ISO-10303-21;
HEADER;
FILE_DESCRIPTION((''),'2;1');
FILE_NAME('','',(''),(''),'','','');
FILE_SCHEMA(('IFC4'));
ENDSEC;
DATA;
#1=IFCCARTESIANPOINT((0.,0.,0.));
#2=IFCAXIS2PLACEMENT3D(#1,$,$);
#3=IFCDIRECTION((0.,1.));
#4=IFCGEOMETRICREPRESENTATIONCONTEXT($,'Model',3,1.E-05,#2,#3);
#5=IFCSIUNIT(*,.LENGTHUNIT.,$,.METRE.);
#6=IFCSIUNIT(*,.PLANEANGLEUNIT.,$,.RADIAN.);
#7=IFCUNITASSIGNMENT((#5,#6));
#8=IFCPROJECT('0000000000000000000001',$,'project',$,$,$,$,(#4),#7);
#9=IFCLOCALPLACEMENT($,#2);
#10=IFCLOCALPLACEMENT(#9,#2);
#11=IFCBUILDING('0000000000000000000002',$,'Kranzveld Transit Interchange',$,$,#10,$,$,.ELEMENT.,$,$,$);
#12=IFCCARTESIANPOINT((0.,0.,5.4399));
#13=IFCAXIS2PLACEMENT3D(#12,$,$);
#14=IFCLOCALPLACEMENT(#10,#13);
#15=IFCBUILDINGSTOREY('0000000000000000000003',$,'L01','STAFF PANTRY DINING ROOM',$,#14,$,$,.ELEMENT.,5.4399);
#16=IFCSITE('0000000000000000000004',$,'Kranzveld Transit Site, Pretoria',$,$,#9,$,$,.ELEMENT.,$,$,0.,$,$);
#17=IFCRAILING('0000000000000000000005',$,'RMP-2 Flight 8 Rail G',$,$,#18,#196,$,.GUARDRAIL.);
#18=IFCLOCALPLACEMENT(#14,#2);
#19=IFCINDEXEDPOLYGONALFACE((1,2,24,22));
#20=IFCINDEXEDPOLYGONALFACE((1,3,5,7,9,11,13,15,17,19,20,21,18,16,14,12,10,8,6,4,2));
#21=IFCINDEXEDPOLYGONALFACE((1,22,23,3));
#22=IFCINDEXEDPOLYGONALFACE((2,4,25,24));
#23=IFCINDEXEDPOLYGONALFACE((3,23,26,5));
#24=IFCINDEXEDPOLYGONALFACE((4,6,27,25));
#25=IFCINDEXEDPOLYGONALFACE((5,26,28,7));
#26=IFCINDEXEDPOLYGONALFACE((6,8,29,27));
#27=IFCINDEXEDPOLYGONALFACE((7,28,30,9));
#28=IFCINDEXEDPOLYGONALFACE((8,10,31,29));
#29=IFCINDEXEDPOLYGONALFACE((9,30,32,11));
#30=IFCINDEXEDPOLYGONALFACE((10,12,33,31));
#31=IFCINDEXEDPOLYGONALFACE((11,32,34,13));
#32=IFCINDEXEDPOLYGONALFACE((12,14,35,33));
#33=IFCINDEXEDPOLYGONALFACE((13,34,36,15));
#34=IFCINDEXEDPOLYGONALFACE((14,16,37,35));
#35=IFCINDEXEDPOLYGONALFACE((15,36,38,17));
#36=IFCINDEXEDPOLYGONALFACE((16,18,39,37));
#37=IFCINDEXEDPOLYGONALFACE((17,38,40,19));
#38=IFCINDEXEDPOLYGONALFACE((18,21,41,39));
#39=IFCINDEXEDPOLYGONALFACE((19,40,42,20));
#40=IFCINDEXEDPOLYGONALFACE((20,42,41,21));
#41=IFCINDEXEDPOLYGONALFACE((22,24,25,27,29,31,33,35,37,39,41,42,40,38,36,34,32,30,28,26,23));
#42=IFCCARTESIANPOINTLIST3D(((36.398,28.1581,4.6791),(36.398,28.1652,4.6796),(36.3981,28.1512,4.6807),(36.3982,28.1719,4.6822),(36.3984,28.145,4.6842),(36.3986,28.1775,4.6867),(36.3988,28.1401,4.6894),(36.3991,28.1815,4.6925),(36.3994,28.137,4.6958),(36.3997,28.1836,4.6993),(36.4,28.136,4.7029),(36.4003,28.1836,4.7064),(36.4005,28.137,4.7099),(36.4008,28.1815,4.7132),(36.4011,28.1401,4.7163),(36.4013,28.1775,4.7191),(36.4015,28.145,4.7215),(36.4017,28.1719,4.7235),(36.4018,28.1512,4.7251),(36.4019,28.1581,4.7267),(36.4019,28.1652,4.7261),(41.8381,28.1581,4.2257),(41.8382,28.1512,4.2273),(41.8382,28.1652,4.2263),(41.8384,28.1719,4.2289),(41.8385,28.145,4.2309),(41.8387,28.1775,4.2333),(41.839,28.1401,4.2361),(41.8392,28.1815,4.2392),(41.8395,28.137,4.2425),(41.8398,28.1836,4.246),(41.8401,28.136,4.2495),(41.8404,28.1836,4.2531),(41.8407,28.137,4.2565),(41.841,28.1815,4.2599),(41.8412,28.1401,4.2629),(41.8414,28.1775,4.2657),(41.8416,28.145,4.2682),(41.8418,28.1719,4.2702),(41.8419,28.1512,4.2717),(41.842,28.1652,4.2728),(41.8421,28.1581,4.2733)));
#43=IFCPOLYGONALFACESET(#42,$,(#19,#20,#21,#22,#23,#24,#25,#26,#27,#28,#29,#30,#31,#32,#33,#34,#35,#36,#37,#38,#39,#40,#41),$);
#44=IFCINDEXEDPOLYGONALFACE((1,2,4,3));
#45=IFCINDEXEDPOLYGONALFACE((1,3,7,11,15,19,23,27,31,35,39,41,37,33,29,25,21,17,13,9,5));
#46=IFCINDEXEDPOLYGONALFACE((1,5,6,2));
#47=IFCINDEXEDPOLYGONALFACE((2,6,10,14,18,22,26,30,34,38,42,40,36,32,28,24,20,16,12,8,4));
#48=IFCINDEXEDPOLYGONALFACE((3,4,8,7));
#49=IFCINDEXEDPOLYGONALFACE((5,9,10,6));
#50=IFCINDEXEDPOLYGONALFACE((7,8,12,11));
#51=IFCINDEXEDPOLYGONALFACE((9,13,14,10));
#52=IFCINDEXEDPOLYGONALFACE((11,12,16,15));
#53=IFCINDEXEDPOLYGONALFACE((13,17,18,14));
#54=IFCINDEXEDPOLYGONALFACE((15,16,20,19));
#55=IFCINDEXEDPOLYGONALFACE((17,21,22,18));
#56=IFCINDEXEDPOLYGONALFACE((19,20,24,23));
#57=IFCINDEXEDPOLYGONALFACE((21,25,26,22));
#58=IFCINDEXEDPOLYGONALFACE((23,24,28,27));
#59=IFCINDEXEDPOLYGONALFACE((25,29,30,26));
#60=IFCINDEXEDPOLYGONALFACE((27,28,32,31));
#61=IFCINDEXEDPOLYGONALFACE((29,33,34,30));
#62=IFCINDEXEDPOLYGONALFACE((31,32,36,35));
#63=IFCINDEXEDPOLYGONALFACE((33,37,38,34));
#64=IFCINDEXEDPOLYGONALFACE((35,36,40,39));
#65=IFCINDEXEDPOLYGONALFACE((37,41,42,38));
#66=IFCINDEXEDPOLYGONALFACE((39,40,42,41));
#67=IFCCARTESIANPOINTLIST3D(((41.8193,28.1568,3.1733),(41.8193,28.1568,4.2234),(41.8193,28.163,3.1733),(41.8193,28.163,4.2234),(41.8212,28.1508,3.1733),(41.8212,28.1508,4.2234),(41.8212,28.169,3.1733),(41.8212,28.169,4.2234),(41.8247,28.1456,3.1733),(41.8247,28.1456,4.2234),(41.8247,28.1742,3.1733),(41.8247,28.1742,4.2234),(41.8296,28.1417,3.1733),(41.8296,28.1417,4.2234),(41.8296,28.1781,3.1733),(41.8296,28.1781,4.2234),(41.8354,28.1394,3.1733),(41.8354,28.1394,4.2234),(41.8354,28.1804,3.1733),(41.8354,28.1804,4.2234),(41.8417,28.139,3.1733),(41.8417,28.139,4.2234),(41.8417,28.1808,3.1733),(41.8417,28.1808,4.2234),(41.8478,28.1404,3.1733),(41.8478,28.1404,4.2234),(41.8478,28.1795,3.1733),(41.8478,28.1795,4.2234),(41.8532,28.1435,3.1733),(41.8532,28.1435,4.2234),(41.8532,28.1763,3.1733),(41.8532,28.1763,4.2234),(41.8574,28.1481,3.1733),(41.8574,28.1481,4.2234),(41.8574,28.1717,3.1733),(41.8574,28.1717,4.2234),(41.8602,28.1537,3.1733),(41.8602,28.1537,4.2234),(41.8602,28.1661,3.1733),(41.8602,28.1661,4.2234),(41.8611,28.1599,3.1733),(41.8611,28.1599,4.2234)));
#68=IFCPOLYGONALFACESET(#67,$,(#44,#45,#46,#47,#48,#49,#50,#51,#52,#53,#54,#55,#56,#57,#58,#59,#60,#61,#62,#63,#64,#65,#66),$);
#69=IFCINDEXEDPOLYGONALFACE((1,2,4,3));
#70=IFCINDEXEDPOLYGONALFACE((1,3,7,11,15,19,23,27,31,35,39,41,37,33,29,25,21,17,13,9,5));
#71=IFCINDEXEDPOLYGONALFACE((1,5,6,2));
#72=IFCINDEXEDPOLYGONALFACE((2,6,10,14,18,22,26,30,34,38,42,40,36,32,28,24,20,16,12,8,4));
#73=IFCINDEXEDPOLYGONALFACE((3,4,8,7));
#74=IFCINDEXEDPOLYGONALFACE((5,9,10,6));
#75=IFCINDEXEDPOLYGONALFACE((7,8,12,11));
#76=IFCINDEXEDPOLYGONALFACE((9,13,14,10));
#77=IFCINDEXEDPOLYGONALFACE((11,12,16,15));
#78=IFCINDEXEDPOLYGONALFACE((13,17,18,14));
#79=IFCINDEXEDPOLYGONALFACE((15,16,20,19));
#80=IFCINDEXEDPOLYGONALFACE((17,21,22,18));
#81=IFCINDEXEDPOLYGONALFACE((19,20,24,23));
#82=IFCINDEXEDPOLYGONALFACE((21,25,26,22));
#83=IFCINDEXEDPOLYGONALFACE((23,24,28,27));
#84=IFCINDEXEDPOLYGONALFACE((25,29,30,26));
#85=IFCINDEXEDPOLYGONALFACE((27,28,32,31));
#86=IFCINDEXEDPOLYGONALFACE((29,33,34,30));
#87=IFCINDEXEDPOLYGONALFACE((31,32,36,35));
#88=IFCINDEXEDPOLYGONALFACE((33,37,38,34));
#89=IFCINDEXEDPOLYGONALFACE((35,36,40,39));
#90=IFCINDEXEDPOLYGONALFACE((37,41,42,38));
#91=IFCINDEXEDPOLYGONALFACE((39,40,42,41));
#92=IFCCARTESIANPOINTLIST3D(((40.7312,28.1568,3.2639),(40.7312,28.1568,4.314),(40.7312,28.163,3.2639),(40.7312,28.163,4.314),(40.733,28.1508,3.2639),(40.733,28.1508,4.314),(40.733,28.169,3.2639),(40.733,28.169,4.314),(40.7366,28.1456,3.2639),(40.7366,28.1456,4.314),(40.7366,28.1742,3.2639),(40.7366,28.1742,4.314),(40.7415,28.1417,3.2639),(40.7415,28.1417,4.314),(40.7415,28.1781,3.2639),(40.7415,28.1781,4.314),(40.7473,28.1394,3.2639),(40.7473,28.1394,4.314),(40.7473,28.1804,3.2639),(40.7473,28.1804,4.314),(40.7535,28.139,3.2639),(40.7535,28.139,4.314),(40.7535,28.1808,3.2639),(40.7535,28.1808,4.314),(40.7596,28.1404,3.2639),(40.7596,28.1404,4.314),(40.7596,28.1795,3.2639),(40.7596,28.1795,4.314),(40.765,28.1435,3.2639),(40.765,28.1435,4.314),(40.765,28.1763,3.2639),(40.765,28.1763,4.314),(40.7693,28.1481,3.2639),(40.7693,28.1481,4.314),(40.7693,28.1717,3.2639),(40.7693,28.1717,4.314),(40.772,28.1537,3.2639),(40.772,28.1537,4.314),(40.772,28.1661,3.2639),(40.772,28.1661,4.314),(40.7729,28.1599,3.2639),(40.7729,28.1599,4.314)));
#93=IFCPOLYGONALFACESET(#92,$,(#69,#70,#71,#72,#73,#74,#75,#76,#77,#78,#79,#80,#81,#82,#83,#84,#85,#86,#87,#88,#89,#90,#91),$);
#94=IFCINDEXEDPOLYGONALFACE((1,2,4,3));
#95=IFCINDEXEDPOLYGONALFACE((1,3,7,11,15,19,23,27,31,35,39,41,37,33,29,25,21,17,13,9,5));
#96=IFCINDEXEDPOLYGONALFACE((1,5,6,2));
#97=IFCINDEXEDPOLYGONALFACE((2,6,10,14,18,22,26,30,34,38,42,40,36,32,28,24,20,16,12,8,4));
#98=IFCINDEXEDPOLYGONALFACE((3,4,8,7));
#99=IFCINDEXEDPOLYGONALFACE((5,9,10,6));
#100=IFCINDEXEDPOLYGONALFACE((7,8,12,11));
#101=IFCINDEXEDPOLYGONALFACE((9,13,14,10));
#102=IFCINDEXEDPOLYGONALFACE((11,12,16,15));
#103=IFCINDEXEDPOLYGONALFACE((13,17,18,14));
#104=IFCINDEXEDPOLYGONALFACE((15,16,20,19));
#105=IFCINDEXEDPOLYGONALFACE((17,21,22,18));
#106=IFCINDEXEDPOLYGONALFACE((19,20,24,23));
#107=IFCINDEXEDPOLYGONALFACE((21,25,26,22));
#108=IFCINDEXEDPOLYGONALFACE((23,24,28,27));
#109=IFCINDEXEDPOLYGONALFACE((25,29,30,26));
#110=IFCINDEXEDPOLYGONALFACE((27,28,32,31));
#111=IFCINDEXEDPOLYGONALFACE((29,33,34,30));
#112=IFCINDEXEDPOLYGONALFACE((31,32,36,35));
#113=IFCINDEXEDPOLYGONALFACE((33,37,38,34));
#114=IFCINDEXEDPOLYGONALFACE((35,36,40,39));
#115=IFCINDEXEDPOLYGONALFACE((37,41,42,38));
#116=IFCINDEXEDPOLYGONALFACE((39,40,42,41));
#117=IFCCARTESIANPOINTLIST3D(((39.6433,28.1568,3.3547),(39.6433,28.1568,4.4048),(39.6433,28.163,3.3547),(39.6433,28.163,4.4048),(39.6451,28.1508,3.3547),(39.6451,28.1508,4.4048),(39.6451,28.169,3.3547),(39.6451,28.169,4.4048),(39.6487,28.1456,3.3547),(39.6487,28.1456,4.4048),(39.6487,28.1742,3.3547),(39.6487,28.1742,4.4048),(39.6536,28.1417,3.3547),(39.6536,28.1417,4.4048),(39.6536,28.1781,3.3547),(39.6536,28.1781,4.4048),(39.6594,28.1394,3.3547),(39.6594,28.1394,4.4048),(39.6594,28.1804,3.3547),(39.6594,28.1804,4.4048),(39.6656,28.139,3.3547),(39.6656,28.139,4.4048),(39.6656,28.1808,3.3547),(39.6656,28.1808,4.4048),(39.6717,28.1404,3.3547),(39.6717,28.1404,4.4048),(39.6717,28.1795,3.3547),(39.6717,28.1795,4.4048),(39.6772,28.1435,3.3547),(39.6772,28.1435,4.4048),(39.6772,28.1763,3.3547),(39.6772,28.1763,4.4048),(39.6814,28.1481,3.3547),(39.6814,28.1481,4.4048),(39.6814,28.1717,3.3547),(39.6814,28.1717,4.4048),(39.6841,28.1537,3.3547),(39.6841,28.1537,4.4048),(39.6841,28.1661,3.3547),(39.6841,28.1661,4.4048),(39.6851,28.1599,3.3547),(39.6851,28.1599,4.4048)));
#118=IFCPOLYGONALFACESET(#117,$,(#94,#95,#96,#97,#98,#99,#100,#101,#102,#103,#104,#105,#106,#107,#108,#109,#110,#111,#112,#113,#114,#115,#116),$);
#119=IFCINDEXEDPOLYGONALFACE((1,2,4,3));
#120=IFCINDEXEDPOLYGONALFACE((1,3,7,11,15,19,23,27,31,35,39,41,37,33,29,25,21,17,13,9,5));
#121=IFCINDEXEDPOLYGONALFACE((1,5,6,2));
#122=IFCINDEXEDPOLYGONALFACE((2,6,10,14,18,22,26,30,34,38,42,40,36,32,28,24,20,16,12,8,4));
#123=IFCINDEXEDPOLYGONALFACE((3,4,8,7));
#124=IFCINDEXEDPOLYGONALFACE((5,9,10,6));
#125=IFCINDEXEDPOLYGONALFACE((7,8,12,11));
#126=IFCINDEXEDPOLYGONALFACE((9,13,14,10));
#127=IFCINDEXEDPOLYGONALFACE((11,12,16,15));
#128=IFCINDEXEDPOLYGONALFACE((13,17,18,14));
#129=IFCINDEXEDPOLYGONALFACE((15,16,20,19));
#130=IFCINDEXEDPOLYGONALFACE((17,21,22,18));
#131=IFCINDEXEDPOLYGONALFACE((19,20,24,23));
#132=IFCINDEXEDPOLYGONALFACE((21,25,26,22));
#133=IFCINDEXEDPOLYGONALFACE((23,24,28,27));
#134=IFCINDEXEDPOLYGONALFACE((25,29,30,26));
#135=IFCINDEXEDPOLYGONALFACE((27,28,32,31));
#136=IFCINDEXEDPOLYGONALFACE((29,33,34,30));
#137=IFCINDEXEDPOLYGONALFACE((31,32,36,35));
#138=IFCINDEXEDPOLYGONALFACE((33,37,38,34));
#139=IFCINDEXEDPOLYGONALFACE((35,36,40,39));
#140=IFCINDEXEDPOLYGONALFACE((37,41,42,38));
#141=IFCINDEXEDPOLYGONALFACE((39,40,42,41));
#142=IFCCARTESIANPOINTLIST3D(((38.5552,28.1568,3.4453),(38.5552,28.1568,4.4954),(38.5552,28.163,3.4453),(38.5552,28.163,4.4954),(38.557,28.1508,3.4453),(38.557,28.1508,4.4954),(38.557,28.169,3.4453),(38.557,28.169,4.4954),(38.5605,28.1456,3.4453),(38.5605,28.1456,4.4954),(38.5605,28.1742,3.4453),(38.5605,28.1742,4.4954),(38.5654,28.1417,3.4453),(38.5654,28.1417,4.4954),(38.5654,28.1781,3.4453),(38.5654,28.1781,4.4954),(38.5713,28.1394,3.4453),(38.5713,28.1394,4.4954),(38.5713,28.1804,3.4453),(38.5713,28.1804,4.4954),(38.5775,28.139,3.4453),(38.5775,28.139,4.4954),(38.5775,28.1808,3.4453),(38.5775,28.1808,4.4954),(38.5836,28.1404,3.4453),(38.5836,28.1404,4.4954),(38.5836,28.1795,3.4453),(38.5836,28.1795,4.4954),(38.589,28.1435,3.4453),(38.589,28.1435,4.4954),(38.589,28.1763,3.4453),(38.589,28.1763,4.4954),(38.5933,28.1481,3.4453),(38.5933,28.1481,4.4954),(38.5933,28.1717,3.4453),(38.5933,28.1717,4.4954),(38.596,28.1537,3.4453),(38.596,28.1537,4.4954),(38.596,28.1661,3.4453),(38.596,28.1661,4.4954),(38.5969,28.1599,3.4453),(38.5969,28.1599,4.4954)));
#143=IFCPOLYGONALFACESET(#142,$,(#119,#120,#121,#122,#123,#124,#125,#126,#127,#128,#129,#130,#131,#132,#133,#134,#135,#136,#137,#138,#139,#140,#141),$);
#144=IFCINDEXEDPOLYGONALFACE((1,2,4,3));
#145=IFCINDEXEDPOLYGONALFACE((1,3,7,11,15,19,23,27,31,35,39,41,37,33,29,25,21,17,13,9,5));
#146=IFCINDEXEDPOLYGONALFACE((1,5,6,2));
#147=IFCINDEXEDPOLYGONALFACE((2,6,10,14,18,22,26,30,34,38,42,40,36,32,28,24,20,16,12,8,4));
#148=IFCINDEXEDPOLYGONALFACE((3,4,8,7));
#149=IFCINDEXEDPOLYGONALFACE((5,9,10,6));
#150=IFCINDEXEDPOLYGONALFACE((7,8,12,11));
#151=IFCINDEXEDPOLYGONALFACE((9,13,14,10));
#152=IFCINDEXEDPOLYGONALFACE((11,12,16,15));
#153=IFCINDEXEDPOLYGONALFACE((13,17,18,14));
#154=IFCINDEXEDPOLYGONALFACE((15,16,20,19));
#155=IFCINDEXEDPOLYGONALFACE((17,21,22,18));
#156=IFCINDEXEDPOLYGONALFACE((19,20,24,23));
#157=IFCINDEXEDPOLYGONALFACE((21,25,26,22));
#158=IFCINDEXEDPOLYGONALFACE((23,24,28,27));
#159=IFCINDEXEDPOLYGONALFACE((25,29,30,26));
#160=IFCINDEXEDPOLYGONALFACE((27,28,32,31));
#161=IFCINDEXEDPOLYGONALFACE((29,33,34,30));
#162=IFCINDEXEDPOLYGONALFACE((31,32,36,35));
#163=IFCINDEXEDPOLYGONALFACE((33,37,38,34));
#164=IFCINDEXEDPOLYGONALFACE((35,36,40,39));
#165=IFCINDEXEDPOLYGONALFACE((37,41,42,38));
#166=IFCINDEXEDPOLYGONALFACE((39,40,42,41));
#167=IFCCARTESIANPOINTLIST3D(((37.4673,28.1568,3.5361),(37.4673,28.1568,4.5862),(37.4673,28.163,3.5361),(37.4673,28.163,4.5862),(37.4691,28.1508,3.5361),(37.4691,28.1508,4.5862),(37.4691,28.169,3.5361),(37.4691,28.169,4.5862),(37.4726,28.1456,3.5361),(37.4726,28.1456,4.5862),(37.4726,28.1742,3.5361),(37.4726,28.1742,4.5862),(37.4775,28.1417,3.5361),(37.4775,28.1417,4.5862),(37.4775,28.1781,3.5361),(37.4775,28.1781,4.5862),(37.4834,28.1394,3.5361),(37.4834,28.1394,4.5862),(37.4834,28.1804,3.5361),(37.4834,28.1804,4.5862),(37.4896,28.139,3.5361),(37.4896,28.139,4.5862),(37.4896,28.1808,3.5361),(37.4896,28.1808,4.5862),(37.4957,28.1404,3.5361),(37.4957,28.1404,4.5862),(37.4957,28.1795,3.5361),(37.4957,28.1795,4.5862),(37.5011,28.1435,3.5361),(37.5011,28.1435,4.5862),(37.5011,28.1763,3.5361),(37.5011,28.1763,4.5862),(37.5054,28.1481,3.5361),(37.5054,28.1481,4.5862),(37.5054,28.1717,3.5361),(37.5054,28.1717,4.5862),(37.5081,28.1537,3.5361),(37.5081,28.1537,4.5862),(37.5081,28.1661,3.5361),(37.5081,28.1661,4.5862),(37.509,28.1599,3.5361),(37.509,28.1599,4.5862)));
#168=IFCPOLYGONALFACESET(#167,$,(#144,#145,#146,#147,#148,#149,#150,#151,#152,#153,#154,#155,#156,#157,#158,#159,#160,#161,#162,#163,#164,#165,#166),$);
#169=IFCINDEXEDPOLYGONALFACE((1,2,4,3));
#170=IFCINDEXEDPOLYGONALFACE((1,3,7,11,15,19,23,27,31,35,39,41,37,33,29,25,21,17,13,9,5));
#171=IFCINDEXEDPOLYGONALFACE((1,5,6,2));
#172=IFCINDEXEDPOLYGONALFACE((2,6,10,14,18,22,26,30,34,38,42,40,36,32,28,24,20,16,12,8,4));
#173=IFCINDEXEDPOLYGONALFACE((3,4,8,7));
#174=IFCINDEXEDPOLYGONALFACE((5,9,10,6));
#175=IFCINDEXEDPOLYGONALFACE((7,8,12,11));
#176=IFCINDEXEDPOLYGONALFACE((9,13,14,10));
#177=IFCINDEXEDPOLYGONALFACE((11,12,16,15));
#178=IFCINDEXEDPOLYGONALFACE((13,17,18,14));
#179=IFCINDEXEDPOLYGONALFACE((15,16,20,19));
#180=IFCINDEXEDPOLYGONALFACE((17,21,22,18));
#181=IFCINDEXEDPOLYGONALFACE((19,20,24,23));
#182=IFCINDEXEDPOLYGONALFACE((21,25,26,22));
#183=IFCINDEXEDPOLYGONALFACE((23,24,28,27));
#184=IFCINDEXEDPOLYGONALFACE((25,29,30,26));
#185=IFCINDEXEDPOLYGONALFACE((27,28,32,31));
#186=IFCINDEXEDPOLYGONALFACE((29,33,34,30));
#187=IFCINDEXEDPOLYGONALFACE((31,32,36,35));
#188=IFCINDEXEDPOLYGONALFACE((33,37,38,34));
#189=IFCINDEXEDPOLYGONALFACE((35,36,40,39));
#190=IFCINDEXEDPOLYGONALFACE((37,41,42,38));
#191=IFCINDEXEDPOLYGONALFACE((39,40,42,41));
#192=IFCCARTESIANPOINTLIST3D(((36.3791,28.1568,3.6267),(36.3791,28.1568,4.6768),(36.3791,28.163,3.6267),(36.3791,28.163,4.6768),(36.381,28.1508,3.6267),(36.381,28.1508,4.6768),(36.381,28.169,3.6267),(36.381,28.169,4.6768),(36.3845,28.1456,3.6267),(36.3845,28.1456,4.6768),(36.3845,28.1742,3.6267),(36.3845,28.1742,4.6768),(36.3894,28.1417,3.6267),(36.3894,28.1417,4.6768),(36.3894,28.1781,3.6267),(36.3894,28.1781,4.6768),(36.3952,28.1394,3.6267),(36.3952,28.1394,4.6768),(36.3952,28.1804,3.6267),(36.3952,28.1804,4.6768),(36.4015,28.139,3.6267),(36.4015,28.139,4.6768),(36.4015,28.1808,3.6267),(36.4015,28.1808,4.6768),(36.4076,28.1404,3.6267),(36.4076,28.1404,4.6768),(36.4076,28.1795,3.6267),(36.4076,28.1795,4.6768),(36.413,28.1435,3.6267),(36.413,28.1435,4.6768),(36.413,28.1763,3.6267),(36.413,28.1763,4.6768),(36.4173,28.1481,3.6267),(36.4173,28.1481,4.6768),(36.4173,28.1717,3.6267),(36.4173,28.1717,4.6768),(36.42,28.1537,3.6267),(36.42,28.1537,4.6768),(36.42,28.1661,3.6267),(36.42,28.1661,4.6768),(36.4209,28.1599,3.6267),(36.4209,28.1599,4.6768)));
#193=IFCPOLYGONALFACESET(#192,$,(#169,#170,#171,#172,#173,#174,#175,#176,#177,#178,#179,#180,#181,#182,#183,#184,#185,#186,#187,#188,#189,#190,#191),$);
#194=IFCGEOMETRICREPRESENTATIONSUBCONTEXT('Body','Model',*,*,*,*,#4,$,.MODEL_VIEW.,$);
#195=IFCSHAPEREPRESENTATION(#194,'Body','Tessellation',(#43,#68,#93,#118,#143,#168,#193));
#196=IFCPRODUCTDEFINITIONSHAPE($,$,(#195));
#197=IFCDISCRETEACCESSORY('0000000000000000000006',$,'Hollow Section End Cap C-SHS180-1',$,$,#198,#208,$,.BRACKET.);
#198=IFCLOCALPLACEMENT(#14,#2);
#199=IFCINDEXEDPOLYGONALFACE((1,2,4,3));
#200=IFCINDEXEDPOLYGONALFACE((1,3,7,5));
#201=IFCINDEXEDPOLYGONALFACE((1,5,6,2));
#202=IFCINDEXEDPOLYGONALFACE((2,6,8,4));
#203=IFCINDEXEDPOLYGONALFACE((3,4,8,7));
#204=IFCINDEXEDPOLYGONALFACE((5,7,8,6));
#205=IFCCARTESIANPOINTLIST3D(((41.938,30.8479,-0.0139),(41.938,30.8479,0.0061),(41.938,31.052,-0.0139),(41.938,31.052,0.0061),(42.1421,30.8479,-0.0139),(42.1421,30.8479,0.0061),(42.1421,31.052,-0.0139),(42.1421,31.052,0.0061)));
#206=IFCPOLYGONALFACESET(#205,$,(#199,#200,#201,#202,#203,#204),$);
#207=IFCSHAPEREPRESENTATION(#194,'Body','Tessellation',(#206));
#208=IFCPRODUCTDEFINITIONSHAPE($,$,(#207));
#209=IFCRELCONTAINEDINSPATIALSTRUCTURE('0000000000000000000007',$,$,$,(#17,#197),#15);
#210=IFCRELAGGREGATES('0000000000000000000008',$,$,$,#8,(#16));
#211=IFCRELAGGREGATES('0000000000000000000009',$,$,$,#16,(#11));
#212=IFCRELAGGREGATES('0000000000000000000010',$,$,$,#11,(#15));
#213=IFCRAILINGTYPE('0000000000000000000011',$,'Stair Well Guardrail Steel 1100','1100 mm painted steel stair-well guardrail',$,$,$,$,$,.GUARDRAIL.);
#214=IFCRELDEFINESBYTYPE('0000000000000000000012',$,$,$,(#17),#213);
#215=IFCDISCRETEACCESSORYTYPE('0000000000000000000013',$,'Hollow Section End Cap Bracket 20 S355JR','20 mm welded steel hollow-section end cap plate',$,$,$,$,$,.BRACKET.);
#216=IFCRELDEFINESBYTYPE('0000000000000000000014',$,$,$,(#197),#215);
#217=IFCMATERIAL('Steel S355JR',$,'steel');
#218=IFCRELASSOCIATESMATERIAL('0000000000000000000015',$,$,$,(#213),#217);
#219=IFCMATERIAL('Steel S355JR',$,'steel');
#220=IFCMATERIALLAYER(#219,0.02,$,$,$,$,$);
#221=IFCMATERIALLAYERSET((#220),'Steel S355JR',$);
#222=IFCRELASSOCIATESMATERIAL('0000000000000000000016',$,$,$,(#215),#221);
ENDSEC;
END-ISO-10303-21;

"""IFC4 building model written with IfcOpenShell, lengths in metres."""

from ifc_helpers import new_model, si_unit, direction, frame, origin, origin_2d, place, context, subcontext, project, spatial, rectangle, circle, extrude, material, layer, layer_set, type_object, element, save


model = new_model("IFC4")

# Units and contexts
model_context = context("Model", 3, precision=1e-05, world=origin(), true_north=direction((0.0, 1.0)))
body_context = subcontext(model_context, "Body", "Model", "MODEL_VIEW")
ifc_project = project(units=[si_unit("LENGTHUNIT", "METRE"), si_unit("PLANEANGLEUNIT", "RADIAN")], contexts=[model_context])

# Site, building, storey
site_placement = place(None, origin())
site = spatial("IfcSite", under=ifc_project, at=site_placement, Name="Kranzveld Transit Site, Pretoria", CompositionType="ELEMENT", RefElevation=0.0)
building_placement = place(site_placement, origin())
building = spatial("IfcBuilding", under=site, at=building_placement, Name="Kranzveld Transit Interchange", CompositionType="ELEMENT")
storey_placement = place(building_placement, frame((0.0, 0.0, 5.4399)))
storey = spatial("IfcBuildingStorey", under=building, at=storey_placement, Name="L01", Description="STAFF PANTRY DINING ROOM", CompositionType="ELEMENT", Elevation=5.4399)

# Railing
ifc_material_1 = material(Name="Steel S355JR", Category="steel")
railing_type_1 = type_object("IfcRailingType", Name="Stair Well Guardrail Steel 1100", Description="1100 mm painted steel stair-well guardrail", PredefinedType="GUARDRAIL", material=ifc_material_1)
railing_placement = place(storey_placement, frame((41.8401, 28.1599, 3.1733)))
element("IfcRailing", 1, at=railing_placement, inside=storey, type_object=railing_type_1, Name="RMP-2 Flight 8 Rail G", PredefinedType="GUARDRAIL", context=body_context, shape_type="SweptSolid", body=[
    extrude(circle(Radius=0.0239, at=origin_2d()), frame((0.0, 0.0, 1.0762), z_axis=(-0.996545, 0.0, 0.083049), x_axis=(0.0, -1.0, 0.0)), (0.0, 0.0, 1.0), 5.459),
    extrude(circle(Radius=0.021, at=origin_2d()), origin(), (0.0, 0.0, 1.0), 1.05),
    extrude(circle(Radius=0.021, at=origin_2d()), frame((-1.0881, 0.0, 0.0906)), (0.0, 0.0, 1.0), 1.05),
    extrude(circle(Radius=0.021, at=origin_2d()), frame((-2.176, 0.0, 0.1814)), (0.0, 0.0, 1.0), 1.05),
    extrude(circle(Radius=0.021, at=origin_2d()), frame((-3.2642, 0.0, 0.272)), (0.0, 0.0, 1.0), 1.05),
    extrude(circle(Radius=0.021, at=origin_2d()), frame((-4.3521, 0.0, 0.3628)), (0.0, 0.0, 1.0), 1.05),
    extrude(circle(Radius=0.021, at=origin_2d()), frame((-5.4402, 0.0, 0.4534)), (0.0, 0.0, 1.0), 1.05),
])

# Discrete accessory
ifc_material_2 = material(Name="Steel S355JR", Category="steel")
ifc_layer_1 = layer(ifc_material_2, 0.02)
ifc_layer_set_1 = layer_set([ifc_layer_1], Name="Steel S355JR")
discrete_accessory_type = type_object("IfcDiscreteAccessoryType", Name="Hollow Section End Cap Bracket 20 S355JR", Description="20 mm welded steel hollow-section end cap plate", PredefinedType="BRACKET", material=ifc_layer_set_1)
for number, where, z_axis, x_axis, name in (
    (2, (42.04, 30.95, 0.0061), (0.0, 0.0, -1.0), (1.0, 0.0, 0.0), "Hollow Section End Cap C-SHS180-1"),
):
    element("IfcDiscreteAccessory", number, at=place(storey_placement, frame(where, z_axis=z_axis, x_axis=x_axis)), inside=storey, type_object=discrete_accessory_type, Name=name, PredefinedType="BRACKET", context=body_context, shape_type="SweptSolid", body=[
        extrude(rectangle(XDim=0.2041, YDim=0.2041, at=origin_2d()), origin(), (0.0, 0.0, 1.0), 0.02),
    ])

save(model, "model.ifc")
